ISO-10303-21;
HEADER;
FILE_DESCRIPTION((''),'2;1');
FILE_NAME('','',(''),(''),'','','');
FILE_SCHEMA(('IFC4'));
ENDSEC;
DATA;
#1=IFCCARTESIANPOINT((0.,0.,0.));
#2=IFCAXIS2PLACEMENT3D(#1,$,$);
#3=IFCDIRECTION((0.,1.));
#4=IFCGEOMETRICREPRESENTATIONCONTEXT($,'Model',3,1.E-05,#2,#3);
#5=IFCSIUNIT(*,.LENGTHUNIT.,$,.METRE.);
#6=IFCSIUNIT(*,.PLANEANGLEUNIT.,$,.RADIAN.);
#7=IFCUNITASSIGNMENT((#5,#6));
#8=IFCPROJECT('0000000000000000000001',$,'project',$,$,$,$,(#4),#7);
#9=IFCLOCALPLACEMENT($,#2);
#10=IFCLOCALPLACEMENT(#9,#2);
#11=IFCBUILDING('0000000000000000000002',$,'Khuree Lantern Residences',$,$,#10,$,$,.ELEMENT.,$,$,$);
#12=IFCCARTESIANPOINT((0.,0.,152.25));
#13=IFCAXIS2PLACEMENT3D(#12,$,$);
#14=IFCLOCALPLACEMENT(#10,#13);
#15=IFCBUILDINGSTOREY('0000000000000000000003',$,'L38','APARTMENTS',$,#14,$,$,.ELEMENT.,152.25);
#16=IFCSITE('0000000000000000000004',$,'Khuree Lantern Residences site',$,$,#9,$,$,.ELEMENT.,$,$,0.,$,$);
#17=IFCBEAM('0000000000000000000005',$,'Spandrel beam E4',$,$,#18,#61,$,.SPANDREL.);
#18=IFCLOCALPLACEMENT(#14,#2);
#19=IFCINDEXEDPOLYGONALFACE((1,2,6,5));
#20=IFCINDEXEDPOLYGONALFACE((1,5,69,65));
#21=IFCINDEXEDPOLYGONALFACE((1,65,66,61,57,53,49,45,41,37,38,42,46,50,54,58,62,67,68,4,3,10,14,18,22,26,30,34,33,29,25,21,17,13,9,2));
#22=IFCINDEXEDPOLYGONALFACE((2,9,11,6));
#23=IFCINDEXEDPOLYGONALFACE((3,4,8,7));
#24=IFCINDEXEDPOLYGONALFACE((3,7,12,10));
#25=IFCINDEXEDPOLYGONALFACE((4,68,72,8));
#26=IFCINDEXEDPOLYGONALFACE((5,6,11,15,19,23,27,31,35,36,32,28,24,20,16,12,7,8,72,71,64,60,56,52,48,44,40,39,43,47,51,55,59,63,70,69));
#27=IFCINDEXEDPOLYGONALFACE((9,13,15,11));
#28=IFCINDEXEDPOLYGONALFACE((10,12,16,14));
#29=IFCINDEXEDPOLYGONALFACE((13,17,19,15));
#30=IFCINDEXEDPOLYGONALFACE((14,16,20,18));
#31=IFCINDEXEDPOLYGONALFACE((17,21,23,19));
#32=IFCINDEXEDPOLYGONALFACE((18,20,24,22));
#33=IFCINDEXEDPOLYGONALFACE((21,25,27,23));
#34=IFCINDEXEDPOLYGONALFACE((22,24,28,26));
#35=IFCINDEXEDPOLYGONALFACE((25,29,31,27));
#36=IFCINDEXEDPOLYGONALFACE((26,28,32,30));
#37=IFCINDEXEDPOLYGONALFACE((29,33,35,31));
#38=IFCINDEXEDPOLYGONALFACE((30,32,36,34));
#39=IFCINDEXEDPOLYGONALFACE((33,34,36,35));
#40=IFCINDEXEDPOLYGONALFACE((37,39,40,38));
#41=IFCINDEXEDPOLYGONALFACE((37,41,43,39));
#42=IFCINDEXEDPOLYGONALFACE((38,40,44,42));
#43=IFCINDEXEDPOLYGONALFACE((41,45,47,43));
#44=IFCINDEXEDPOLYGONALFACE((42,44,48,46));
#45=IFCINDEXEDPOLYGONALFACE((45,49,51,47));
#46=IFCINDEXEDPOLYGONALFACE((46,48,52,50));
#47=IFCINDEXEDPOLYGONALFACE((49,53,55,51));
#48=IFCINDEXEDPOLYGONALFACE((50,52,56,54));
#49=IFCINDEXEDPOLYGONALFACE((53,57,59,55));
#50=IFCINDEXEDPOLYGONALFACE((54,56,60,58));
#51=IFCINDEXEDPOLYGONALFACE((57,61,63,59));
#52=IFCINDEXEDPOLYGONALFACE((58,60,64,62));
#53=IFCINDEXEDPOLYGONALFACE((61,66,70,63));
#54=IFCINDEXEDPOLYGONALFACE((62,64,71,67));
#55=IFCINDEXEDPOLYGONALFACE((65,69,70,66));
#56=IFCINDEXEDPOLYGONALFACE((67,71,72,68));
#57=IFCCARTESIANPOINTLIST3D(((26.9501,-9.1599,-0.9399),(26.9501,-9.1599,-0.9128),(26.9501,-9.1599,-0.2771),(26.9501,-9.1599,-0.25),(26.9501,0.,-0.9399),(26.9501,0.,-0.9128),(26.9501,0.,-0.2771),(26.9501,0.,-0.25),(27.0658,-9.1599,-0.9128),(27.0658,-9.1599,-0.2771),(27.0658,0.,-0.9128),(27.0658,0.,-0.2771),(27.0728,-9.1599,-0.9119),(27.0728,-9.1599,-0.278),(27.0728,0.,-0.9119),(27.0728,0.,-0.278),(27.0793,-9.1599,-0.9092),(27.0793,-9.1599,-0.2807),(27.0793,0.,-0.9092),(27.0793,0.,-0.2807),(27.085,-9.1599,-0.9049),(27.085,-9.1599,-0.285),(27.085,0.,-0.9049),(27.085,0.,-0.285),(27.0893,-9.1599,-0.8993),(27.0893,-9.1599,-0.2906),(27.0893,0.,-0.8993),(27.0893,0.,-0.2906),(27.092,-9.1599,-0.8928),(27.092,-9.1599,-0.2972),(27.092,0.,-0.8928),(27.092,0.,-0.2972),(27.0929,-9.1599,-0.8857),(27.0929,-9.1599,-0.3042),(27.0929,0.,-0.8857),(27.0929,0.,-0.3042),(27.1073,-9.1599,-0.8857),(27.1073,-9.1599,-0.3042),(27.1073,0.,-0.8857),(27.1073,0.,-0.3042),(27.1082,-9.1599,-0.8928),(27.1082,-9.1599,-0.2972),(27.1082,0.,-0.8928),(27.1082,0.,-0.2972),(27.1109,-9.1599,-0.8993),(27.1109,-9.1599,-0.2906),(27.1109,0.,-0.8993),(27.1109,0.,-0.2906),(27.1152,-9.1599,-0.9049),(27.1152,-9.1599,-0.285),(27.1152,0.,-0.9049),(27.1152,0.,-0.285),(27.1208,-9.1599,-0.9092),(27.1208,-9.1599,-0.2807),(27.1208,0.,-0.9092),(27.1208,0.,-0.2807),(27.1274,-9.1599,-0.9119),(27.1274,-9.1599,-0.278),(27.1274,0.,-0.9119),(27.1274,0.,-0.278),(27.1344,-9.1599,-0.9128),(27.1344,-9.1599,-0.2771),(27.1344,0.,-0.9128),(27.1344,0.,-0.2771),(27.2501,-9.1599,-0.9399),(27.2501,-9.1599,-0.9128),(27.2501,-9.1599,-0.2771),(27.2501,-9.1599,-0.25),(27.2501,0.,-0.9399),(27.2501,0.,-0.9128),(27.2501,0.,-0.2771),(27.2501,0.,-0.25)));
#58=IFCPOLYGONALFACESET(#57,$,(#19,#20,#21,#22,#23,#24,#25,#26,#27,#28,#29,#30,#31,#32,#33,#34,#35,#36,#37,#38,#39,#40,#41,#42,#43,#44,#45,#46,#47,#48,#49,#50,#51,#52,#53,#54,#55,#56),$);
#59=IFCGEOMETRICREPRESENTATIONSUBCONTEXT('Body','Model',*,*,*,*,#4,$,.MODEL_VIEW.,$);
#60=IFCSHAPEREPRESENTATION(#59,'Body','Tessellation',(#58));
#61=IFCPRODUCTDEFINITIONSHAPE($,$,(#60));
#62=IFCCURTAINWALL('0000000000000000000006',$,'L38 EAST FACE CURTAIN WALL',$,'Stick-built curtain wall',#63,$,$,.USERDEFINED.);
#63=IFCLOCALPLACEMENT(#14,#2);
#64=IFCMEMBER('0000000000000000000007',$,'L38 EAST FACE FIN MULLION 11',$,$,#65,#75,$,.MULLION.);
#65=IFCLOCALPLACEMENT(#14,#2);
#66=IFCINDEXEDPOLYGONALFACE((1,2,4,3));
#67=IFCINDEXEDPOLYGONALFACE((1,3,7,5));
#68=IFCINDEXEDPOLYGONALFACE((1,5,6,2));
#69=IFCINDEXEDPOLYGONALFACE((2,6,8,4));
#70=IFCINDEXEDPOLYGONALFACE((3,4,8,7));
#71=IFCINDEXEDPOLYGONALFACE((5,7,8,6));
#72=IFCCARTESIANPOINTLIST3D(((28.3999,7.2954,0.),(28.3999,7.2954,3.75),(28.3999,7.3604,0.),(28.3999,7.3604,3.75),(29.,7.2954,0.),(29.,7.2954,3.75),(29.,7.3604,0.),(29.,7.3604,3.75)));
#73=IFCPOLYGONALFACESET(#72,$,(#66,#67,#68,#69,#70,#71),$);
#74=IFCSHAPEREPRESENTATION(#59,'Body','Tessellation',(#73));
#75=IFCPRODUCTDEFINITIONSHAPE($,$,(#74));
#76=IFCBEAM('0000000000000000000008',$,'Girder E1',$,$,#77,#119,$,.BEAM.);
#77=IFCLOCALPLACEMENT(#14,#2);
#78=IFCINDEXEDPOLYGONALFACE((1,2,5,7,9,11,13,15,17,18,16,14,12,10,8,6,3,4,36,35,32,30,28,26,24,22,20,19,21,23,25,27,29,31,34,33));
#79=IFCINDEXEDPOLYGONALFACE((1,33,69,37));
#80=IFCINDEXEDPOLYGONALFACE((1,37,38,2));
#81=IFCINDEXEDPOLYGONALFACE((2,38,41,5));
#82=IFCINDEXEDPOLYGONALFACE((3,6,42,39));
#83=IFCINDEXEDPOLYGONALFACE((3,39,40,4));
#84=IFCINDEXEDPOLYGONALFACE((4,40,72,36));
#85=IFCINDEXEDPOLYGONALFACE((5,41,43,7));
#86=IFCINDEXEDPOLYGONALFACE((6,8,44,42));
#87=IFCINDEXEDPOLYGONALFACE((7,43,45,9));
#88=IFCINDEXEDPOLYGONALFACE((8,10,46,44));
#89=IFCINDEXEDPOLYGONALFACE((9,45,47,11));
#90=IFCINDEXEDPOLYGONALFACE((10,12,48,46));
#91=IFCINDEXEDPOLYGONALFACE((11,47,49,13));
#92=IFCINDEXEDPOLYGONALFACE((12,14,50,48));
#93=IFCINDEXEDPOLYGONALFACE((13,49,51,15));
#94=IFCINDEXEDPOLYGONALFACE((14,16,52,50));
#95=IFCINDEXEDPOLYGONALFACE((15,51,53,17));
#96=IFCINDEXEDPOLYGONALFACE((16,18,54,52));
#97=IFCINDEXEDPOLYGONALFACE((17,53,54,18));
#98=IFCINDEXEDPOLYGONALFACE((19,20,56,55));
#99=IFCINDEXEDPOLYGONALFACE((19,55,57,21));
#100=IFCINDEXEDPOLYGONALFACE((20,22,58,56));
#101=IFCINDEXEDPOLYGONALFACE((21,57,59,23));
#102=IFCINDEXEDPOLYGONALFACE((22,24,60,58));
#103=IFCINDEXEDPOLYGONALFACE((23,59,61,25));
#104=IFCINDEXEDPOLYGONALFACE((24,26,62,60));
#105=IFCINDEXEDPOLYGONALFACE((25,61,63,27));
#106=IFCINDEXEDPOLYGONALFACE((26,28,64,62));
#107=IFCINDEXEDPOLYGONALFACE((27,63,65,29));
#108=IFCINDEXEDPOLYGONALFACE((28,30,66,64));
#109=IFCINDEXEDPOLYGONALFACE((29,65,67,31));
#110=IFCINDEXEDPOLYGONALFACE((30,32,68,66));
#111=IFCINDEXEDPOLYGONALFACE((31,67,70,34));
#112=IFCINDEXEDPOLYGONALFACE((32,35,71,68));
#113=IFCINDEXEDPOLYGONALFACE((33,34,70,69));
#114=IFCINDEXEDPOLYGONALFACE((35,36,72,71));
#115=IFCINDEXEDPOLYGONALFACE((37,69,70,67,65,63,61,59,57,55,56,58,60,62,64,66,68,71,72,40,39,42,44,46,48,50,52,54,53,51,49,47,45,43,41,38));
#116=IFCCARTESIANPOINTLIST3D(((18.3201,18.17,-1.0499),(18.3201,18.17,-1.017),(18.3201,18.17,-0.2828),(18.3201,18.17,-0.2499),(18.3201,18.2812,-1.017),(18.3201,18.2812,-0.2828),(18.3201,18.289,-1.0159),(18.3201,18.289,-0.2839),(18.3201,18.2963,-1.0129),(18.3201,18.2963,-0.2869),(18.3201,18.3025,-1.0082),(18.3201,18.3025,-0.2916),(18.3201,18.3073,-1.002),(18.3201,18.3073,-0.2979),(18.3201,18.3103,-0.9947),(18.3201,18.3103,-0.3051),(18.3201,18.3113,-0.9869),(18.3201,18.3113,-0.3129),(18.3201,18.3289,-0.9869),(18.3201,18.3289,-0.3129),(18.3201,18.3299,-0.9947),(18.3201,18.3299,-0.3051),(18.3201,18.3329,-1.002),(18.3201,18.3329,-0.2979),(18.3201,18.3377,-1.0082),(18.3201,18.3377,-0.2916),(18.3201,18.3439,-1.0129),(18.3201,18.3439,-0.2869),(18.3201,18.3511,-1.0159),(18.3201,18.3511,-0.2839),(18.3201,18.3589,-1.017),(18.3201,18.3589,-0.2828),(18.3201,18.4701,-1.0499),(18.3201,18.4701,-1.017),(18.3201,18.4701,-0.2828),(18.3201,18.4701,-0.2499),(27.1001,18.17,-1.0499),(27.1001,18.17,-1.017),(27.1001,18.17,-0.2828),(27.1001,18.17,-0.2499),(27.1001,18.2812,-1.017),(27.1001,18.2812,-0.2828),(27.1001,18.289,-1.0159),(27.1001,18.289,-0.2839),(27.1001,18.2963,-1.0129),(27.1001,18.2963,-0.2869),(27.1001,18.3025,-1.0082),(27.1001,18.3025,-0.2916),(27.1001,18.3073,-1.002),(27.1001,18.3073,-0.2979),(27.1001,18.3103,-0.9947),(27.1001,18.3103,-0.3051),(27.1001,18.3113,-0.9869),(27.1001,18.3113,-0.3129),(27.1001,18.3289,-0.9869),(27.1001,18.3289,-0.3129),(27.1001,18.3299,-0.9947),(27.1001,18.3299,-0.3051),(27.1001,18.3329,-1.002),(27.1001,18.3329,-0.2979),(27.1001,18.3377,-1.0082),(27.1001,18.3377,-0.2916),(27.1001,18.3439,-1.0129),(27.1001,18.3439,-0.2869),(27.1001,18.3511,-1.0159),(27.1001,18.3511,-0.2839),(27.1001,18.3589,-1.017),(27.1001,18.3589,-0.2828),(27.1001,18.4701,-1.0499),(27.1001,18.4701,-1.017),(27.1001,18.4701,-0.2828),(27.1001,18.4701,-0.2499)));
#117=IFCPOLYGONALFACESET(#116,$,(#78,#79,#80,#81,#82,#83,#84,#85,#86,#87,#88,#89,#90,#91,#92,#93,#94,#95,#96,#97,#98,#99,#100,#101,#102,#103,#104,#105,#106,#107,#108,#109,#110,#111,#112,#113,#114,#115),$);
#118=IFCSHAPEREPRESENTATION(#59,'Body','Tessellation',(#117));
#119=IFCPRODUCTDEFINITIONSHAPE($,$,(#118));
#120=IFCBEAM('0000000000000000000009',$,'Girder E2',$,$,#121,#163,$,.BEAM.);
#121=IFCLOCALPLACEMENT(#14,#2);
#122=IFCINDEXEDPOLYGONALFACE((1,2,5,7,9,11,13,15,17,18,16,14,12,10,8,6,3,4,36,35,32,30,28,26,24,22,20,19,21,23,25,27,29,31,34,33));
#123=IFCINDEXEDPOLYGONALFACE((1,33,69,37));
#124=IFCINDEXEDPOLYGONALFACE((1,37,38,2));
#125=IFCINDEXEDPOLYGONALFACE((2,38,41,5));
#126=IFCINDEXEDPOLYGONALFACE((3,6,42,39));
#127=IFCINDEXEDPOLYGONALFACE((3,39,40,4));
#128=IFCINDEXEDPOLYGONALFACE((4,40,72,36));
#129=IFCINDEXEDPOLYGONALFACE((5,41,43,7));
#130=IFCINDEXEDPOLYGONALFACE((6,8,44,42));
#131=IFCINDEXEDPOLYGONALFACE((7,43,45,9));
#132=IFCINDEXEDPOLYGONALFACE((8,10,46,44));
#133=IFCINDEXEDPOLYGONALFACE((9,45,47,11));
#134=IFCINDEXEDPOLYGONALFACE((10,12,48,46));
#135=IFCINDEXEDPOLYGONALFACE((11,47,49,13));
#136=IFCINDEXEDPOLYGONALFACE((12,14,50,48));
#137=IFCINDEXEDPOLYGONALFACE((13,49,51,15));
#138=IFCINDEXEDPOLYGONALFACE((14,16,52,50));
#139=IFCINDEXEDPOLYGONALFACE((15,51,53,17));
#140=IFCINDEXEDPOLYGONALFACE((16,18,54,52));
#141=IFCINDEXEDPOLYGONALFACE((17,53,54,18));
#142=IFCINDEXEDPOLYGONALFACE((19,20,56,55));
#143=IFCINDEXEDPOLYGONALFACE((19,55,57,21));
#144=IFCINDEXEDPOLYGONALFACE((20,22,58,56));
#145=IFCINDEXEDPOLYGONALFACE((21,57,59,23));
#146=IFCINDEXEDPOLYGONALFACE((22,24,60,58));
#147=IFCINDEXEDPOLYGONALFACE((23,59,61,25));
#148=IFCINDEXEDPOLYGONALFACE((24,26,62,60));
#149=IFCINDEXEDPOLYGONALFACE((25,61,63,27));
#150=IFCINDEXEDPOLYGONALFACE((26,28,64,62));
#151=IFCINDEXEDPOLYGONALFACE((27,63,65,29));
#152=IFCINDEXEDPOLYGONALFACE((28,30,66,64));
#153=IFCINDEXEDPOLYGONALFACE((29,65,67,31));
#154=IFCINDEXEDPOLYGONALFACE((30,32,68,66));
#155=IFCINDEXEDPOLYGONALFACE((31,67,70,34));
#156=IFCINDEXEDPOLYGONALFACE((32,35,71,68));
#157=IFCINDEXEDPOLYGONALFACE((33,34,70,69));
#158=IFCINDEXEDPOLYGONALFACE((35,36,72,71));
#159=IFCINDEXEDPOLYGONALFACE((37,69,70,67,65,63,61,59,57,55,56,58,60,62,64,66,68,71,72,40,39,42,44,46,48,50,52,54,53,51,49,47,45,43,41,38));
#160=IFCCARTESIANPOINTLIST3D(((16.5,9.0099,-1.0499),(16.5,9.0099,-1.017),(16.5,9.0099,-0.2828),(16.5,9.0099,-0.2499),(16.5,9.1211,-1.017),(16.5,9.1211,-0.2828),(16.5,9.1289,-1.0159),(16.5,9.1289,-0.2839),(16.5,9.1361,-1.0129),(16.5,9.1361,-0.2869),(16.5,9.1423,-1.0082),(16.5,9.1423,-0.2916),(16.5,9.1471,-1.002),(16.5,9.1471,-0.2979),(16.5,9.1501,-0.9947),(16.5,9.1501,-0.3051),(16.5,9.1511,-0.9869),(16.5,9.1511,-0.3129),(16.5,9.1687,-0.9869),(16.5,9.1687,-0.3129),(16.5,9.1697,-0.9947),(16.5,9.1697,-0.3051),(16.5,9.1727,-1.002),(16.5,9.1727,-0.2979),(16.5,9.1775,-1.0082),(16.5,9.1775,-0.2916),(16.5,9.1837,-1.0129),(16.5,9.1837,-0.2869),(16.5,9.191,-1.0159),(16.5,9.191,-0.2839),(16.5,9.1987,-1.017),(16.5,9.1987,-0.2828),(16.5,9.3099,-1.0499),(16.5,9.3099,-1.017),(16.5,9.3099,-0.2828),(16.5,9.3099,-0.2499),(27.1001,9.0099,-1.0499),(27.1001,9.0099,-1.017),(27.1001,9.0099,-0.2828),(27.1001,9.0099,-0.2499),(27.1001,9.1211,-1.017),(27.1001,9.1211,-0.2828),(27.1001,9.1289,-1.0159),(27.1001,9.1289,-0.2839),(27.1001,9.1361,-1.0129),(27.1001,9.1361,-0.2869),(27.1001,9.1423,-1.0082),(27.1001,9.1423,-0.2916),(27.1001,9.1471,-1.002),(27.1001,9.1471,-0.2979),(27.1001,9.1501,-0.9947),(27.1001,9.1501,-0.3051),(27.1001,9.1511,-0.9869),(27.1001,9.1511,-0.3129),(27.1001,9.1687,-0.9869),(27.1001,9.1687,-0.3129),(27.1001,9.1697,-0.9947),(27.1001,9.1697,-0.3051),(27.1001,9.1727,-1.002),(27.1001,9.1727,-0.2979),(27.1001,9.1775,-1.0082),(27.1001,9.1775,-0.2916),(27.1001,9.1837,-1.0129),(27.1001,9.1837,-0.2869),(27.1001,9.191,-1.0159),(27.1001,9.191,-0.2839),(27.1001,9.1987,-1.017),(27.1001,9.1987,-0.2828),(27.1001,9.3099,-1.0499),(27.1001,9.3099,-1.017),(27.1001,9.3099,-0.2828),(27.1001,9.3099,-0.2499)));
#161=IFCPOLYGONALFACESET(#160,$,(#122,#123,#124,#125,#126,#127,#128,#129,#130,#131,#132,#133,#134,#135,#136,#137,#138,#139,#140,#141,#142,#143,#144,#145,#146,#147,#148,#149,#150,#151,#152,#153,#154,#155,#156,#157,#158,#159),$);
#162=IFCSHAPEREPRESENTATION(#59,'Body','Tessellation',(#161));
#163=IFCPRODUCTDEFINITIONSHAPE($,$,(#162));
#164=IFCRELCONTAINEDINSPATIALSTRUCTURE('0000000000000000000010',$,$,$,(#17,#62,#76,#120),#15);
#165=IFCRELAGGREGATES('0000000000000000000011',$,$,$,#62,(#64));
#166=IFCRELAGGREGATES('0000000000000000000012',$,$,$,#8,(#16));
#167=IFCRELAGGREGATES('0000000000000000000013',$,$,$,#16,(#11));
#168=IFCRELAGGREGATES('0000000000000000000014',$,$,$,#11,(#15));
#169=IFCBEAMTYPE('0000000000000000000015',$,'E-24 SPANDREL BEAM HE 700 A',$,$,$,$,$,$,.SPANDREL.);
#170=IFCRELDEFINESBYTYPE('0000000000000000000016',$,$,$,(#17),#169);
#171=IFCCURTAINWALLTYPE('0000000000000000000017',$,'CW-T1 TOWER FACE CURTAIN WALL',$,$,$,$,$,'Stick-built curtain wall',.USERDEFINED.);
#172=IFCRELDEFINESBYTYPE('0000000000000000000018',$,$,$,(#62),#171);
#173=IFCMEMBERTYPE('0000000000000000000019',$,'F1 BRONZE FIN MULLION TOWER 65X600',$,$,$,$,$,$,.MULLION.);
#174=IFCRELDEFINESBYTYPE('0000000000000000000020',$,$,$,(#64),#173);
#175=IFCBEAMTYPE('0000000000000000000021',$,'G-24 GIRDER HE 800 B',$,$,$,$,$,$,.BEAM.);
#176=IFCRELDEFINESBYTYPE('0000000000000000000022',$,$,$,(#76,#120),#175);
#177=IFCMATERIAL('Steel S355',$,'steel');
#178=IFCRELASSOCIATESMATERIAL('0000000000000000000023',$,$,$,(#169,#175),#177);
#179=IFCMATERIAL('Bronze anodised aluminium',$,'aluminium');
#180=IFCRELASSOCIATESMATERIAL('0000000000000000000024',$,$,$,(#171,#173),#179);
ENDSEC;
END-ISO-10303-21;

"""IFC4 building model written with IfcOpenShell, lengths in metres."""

from ifc_helpers import new_model, si_unit, direction, frame, origin, origin_2d, place, context, subcontext, project, spatial, rectangle, i_section, extrude, material, material_profile, profile_set, type_object, element, aggregate, save


model = new_model("IFC4")

# Units and contexts
model_context = context("Model", 3, precision=1e-05, world=origin(), true_north=direction((0.0, 1.0)))
body_context = subcontext(model_context, "Body", "Model", "MODEL_VIEW")
ifc_project = project(units=[si_unit("LENGTHUNIT", "METRE"), si_unit("PLANEANGLEUNIT", "RADIAN")], contexts=[model_context])

# Site, building, storey
site_placement = place(None, origin())
site = spatial("IfcSite", under=ifc_project, at=site_placement, Name="Khuree Lantern Residences site", CompositionType="ELEMENT", RefElevation=0.0)
building_placement = place(site_placement, origin())
building = spatial("IfcBuilding", under=site, at=building_placement, Name="Khuree Lantern Residences", CompositionType="ELEMENT")
storey_placement = place(building_placement, frame((0.0, 0.0, 152.25)))
storey = spatial("IfcBuildingStorey", under=building, at=storey_placement, Name="L38", Description="APARTMENTS", CompositionType="ELEMENT", Elevation=152.25)

# Beam
ifc_material_1 = material(Name="Steel S355", Category="steel")
ifc_material_profile_1 = material_profile(ifc_material_1, i_section(OverallWidth=0.3, OverallDepth=0.6899, WebThickness=0.0144, FlangeThickness=0.0271, FilletRadius=0.0271, at=origin_2d()), Name="HE 700 A")
ifc_profile_set_1 = profile_set([ifc_material_profile_1], Name="Steel S355")
beam_type_1 = type_object("IfcBeamType", Name="E-24 SPANDREL BEAM HE 700 A", PredefinedType="SPANDREL", material=ifc_profile_set_1)
for number, where, z_axis, x_axis, name in (
    (1, (27.1001, 0.0, -0.595), (0.0, -1.0, 0.0), (1.0, 0.0, 0.0), "Spandrel beam E4"),
):
    element("IfcBeam", number, at=place(storey_placement, frame(where, z_axis=z_axis, x_axis=x_axis)), inside=storey, type_object=beam_type_1, Name=name, PredefinedType="SPANDREL", context=body_context, shape_type="SweptSolid", body=[
        extrude(i_section(OverallWidth=0.3, OverallDepth=0.6899, WebThickness=0.0144, FlangeThickness=0.0271, FilletRadius=0.0271, at=origin_2d()), origin(), (0.0, 0.0, 1.0), 9.1599),
    ])

# Curtain wall, member
ifc_material_2 = material(Name="Bronze anodised aluminium", Category="aluminium")
curtain_wall_type = type_object("IfcCurtainWallType", Name="CW-T1 TOWER FACE CURTAIN WALL", ElementType="Stick-built curtain wall", PredefinedType="USERDEFINED", material=ifc_material_2)
curtain_wall_placement = place(storey_placement, origin())
curtain_wall = element("IfcCurtainWall", 2, at=curtain_wall_placement, inside=storey, type_object=curtain_wall_type, Name="L38 EAST FACE CURTAIN WALL", ObjectType="Stick-built curtain wall", PredefinedType="USERDEFINED")
ifc_material_profile_2 = material_profile(ifc_material_2, rectangle(XDim=0.0649, YDim=0.6001, at=origin_2d()), Name="F1 65X600")
ifc_profile_set_2 = profile_set([ifc_material_profile_2], Name="Bronze anodised aluminium")
member_type_1 = type_object("IfcMemberType", Name="F1 BRONZE FIN MULLION TOWER 65X600", PredefinedType="MULLION", material=ifc_profile_set_2)
member_1_placement = place(storey_placement, frame((28.7, 7.3279, 0.0), z_axis=(0.0, 0.0, 1.0), x_axis=(0.0, 1.0, 0.0)))
member_1 = element("IfcMember", 3, at=member_1_placement, type_object=member_type_1, Name="L38 EAST FACE FIN MULLION 11", PredefinedType="MULLION", context=body_context, shape_type="SweptSolid", body=[
    extrude(rectangle(XDim=0.0649, YDim=0.6001, at=origin_2d()), origin(), (0.0, 0.0, 1.0), 3.75),
])

# Beams
ifc_material_profile_3 = material_profile(ifc_material_1, i_section(OverallWidth=0.3, OverallDepth=0.8, WebThickness=0.0176, FlangeThickness=0.033, FilletRadius=0.03, at=origin_2d()), Name="HE 800 B")
ifc_profile_set_3 = profile_set([ifc_material_profile_3], Name="Steel S355")
beam_type_2 = type_object("IfcBeamType", Name="G-24 GIRDER HE 800 B", PredefinedType="BEAM", material=ifc_profile_set_3)
beam_placement = place(storey_placement, frame((27.1001, 18.3201, -0.6499), z_axis=(-1.0, 0.0, 0.0), x_axis=(0.0, -1.0, 0.0)))
element("IfcBeam", 4, at=beam_placement, inside=storey, type_object=beam_type_2, Name="Girder E1", PredefinedType="BEAM", context=body_context, shape_type="SweptSolid", body=[
    extrude(i_section(OverallWidth=0.3, OverallDepth=0.8, WebThickness=0.0176, FlangeThickness=0.033, FilletRadius=0.03, at=origin_2d()), origin(), (0.0, 0.0, 1.0), 8.78),
])
for number, where, z_axis, x_axis, name in (
    (5, (27.1001, 9.1599, -0.6499), (-1.0, 0.0, 0.0), (0.0, -1.0, 0.0), "Girder E2"),
):
    element("IfcBeam", number, at=place(storey_placement, frame(where, z_axis=z_axis, x_axis=x_axis)), inside=storey, type_object=beam_type_2, Name=name, PredefinedType="BEAM", context=body_context, shape_type="SweptSolid", body=[
        extrude(i_section(OverallWidth=0.3, OverallDepth=0.8, WebThickness=0.0176, FlangeThickness=0.033, FilletRadius=0.03, at=origin_2d()), origin(), (0.0, 0.0, 1.0), 10.6001),
    ])

aggregate(curtain_wall, [member_1])

save(model, "model.ifc")
